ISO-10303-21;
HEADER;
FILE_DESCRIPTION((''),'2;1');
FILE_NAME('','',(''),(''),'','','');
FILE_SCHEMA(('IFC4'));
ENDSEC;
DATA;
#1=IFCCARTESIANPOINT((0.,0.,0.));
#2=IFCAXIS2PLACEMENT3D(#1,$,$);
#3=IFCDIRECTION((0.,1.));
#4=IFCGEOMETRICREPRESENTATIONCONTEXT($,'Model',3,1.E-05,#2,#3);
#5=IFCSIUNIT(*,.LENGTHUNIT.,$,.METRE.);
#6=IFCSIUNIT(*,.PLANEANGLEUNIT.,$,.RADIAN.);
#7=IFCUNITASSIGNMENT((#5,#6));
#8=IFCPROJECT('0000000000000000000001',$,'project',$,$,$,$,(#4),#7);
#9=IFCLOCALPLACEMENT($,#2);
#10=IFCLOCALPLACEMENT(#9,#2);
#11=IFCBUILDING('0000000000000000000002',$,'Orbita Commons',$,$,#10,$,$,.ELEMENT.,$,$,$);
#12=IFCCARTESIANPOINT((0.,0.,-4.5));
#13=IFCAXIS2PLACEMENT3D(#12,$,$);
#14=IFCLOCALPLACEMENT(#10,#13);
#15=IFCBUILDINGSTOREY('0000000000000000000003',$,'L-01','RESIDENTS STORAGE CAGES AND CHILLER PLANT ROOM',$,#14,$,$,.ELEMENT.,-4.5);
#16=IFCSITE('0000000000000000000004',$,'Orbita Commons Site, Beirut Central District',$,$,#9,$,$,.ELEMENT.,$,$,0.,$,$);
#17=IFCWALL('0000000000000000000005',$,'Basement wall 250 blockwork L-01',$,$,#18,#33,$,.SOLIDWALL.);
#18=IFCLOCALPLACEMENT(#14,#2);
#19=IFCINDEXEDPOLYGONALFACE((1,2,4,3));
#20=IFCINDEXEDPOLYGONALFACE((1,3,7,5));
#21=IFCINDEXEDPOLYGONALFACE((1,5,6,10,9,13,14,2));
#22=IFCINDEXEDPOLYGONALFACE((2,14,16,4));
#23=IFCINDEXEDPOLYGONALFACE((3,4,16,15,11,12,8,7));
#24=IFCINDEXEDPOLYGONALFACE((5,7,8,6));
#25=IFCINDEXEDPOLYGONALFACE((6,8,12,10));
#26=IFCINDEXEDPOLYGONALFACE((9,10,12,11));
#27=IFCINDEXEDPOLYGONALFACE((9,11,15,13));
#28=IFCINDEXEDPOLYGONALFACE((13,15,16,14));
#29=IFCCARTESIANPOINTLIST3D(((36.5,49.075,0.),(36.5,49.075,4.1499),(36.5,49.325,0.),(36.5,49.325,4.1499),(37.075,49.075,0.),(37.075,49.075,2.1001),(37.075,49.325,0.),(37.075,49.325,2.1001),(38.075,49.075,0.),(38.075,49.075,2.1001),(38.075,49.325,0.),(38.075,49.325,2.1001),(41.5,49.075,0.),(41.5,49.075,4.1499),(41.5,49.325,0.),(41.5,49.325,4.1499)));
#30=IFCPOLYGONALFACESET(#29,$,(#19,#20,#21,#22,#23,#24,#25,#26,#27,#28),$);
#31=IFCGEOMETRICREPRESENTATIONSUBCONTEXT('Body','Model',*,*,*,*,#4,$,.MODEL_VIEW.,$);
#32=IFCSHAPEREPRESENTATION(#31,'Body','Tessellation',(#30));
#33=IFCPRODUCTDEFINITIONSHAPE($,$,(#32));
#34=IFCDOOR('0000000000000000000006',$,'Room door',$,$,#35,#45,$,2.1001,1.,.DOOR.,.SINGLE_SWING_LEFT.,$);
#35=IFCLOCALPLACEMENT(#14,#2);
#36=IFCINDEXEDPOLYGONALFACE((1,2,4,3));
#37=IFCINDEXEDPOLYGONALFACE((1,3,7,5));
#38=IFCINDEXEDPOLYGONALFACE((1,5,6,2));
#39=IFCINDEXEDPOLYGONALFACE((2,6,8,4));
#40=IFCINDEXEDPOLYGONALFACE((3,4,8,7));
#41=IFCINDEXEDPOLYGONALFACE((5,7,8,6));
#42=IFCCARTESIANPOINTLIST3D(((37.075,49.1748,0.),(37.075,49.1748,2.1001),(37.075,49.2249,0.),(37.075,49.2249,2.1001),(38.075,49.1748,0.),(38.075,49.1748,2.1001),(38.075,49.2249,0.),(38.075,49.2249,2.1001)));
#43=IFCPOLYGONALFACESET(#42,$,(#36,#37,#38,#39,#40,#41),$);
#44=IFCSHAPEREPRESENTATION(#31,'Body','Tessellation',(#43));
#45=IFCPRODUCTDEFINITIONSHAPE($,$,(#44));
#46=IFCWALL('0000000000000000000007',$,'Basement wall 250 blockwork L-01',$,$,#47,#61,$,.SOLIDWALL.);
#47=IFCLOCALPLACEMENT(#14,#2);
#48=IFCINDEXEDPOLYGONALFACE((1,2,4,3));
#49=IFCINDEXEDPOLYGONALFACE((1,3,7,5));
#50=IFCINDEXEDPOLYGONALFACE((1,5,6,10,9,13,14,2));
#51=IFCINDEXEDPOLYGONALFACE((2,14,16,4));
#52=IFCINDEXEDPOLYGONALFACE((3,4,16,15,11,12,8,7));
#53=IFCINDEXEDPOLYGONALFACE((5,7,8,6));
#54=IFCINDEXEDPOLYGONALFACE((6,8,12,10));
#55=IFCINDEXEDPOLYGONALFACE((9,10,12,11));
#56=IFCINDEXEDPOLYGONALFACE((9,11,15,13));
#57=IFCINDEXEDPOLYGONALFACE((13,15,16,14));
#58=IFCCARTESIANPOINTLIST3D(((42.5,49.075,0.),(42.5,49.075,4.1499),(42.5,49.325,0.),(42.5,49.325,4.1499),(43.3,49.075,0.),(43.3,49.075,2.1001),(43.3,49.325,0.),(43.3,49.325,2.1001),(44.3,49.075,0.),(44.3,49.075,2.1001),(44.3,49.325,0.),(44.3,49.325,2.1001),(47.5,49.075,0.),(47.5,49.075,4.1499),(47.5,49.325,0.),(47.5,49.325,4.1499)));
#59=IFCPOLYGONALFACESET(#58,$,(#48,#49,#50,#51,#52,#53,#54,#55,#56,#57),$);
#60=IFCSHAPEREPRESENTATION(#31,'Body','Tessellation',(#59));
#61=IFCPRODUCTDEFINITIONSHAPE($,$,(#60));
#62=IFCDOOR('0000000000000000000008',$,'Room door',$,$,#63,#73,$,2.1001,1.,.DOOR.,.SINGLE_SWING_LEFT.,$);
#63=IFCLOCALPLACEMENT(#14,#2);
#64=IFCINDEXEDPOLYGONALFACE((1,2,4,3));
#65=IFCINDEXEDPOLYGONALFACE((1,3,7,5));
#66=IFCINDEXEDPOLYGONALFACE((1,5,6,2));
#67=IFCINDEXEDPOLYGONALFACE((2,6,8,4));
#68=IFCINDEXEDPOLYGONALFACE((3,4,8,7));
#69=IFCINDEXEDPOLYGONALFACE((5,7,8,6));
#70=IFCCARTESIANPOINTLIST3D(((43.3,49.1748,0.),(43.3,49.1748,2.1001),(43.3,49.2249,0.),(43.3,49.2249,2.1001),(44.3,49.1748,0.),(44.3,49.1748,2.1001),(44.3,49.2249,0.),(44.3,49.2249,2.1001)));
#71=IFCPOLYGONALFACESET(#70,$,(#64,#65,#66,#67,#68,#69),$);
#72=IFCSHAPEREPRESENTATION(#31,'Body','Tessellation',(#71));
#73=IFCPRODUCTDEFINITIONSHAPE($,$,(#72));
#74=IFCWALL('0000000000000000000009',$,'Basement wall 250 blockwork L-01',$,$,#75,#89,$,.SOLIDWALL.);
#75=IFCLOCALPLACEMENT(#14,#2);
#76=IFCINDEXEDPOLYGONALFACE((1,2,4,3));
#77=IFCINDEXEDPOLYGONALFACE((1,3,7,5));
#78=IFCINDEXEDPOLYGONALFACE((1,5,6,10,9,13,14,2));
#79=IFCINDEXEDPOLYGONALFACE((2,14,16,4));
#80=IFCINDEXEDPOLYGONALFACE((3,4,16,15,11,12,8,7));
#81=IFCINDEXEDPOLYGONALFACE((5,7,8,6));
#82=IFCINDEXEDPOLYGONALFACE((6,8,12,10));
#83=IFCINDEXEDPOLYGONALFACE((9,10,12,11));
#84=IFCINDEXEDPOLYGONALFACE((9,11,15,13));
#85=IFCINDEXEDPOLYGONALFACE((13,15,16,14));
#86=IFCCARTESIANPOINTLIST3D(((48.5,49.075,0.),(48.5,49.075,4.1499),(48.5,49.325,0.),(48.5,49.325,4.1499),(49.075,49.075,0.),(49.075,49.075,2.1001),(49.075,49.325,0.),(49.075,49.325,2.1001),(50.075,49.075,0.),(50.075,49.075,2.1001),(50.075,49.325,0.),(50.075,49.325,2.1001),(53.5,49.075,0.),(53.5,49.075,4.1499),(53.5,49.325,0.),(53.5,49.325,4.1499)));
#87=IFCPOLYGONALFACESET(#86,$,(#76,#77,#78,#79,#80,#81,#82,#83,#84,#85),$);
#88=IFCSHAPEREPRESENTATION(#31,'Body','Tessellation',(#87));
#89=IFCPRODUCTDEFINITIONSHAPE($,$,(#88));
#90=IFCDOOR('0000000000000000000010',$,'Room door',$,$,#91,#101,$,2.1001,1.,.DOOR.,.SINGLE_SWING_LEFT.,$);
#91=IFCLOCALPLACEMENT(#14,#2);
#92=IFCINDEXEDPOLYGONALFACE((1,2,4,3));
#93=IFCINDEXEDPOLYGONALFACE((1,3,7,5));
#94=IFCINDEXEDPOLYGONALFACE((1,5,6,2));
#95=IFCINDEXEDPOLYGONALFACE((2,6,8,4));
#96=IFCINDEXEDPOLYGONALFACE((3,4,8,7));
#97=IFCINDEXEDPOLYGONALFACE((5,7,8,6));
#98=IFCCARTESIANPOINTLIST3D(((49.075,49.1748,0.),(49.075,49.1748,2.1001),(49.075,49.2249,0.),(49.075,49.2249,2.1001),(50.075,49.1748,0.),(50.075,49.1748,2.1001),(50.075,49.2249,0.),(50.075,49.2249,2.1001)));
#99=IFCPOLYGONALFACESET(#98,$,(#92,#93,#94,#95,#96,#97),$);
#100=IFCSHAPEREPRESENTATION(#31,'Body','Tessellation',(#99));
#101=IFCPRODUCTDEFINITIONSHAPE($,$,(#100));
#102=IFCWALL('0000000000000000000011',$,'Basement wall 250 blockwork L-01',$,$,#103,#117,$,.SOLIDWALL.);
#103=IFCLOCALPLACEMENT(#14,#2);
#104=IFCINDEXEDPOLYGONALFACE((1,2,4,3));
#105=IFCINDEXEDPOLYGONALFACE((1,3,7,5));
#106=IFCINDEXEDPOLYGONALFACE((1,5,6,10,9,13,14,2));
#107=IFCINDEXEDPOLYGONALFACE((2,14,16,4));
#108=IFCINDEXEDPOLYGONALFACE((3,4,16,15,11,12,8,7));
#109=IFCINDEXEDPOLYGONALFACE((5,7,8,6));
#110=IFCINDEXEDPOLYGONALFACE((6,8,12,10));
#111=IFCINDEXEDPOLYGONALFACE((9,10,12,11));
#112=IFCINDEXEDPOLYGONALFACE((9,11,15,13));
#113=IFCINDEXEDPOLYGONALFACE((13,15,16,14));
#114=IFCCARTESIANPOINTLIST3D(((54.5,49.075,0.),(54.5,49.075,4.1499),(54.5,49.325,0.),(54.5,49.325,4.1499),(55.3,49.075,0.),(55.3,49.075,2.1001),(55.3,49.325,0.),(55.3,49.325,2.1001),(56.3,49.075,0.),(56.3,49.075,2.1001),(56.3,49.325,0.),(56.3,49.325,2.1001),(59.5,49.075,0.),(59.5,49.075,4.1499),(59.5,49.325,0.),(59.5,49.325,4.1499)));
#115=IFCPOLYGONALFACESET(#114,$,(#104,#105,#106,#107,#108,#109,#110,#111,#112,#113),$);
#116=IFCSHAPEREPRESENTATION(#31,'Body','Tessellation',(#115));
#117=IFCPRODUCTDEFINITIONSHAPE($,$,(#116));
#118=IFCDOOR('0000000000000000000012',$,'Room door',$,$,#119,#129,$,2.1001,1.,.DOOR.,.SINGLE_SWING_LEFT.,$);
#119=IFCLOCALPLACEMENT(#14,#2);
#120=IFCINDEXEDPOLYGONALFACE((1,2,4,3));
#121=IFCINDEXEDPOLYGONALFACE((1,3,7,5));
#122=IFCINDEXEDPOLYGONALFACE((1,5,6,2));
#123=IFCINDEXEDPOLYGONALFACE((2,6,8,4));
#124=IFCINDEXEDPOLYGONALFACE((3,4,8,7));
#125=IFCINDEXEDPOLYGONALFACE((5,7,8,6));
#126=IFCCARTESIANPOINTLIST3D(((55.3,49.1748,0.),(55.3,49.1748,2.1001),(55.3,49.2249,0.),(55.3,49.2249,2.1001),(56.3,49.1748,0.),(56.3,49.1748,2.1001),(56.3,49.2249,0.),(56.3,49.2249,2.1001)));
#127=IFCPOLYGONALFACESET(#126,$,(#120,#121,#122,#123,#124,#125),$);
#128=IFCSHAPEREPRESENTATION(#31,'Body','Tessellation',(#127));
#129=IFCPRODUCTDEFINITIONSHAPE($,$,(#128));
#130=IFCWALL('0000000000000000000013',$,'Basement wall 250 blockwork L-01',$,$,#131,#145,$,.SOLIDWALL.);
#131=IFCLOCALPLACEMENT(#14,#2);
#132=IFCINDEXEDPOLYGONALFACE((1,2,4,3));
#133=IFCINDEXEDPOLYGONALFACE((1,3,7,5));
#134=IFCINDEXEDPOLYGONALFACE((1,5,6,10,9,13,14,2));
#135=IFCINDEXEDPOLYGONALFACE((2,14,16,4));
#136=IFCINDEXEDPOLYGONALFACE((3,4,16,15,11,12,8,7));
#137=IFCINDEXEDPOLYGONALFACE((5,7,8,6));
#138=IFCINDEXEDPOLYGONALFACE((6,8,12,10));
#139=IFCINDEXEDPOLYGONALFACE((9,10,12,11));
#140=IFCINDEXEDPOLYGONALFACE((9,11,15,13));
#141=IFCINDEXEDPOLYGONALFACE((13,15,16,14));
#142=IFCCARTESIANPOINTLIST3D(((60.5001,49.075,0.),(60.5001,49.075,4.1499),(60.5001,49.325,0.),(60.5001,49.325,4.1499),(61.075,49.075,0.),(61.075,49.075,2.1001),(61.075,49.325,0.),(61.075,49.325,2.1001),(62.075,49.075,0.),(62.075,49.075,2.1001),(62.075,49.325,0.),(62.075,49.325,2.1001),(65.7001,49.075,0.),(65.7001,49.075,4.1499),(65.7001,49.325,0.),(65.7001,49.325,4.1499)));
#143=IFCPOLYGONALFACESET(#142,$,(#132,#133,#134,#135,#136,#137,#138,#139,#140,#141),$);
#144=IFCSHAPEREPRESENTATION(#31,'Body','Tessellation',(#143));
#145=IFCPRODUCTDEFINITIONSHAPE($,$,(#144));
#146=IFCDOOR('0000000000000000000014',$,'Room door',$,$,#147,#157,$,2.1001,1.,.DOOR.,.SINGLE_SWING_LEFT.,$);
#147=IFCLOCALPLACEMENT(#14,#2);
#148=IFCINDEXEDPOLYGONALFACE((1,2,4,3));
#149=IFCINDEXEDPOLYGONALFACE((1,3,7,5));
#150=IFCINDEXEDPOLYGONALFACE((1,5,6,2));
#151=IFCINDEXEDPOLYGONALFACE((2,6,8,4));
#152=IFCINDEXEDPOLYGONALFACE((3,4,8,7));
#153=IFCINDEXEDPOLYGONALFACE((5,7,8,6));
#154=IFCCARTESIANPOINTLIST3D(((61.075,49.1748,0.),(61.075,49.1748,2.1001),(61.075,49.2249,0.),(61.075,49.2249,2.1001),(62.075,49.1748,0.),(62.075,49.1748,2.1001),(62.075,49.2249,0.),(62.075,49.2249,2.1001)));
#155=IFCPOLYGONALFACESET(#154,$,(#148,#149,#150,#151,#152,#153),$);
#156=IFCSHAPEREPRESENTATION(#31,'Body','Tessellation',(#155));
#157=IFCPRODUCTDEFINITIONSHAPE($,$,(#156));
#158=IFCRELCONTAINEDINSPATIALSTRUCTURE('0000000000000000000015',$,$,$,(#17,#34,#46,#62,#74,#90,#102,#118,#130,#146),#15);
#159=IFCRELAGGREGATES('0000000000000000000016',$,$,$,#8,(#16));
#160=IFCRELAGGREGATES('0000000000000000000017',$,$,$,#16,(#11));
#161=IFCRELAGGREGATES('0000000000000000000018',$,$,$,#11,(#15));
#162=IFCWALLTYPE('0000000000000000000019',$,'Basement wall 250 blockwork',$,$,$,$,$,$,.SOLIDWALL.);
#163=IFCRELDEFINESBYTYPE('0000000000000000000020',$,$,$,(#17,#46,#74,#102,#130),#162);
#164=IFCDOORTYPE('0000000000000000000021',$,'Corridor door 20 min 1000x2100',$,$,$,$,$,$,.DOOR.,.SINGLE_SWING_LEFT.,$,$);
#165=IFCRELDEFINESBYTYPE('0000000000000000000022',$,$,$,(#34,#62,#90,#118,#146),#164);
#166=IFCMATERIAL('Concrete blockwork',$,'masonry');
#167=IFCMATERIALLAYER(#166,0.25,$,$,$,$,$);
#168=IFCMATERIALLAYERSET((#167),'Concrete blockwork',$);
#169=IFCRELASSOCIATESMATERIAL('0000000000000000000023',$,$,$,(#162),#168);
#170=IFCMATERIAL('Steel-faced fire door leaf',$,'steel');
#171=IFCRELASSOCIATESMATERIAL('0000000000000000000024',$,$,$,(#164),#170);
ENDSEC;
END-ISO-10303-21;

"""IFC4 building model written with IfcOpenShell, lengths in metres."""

from ifc_helpers import new_model, si_unit, direction, frame, frame_2d, origin, place, context, subcontext, project, spatial, rectangle, extrude, material, layer, layer_set, type_object, element, fill, save


model = new_model("IFC4")

# Units and contexts
model_context = context("Model", 3, precision=1e-05, world=origin(), true_north=direction((0.0, 1.0)))
body_context = subcontext(model_context, "Body", "Model", "MODEL_VIEW")
ifc_project = project(units=[si_unit("LENGTHUNIT", "METRE"), si_unit("PLANEANGLEUNIT", "RADIAN")], contexts=[model_context])

# Site, building, storey
site_placement = place(None, origin())
site = spatial("IfcSite", under=ifc_project, at=site_placement, Name="Orbita Commons Site, Beirut Central District", CompositionType="ELEMENT", RefElevation=0.0)
building_placement = place(site_placement, origin())
building = spatial("IfcBuilding", under=site, at=building_placement, Name="Orbita Commons", CompositionType="ELEMENT")
storey_placement = place(building_placement, frame((0.0, 0.0, -4.5)))
storey = spatial("IfcBuildingStorey", under=building, at=storey_placement, Name="L-01", Description="RESIDENTS STORAGE CAGES AND CHILLER PLANT ROOM", CompositionType="ELEMENT", Elevation=-4.5)

# Walls, openings, doors
ifc_material_1 = material(Name="Concrete blockwork", Category="masonry")
ifc_layer_1 = layer(ifc_material_1, 0.25)
ifc_layer_set_1 = layer_set([ifc_layer_1], Name="Concrete blockwork")
wall_type_1 = type_object("IfcWallType", Name="Basement wall 250 blockwork", PredefinedType="SOLIDWALL", material=ifc_layer_set_1)
wall_1_placement = place(storey_placement, frame((36.5, 49.2, 0.0), z_axis=(0.0, 0.0, 1.0), x_axis=(1.0, 0.0, 0.0)))
wall_1 = element("IfcWall", 1, at=wall_1_placement, inside=storey, type_object=wall_type_1, Name="Basement wall 250 blockwork L-01", PredefinedType="SOLIDWALL", context=body_context, shape_type="SweptSolid", body=[
    extrude(rectangle(XDim=5.0, YDim=0.25, at=frame_2d((2.5, 0.0))), origin(), (0.0, 0.0, 1.0), 4.1499),
])
opening_1_placement = place(wall_1_placement, frame((0.575, 0.0, 0.0)))
opening_1 = element("IfcOpeningElement", 2, at=opening_1_placement, cuts=wall_1, PredefinedType="OPENING", context=body_context, shape_type="SweptSolid", body=[
    extrude(rectangle(XDim=1.0, YDim=2.1001, at=frame_2d((0.5, 1.05))), frame((0.0, 0.135, 0.0), z_axis=(0.0, -1.0, 0.0), x_axis=(1.0, 0.0, 0.0)), (0.0, 0.0, 1.0), 0.27),
])
ifc_material_2 = material(Name="Steel-faced fire door leaf", Category="steel")
door_type_1 = type_object("IfcDoorType", Name="Corridor door 20 min 1000x2100", OperationType="SINGLE_SWING_LEFT", PredefinedType="DOOR", material=ifc_material_2)
door_1_placement = place(opening_1_placement, origin())
door_1 = element("IfcDoor", 3, at=door_1_placement, inside=storey, type_object=door_type_1, Name="Room door", OperationType="SINGLE_SWING_LEFT", OverallHeight=2.1001, OverallWidth=1.0, PredefinedType="DOOR", context=body_context, shape_type="SweptSolid", body=[
    extrude(rectangle(XDim=1.0, YDim=2.1001, at=frame_2d((0.5, 1.05))), frame((0.0, 0.0249, 0.0), z_axis=(0.0, -1.0, 0.0), x_axis=(1.0, 0.0, 0.0)), (0.0, 0.0, 1.0), 0.05),
])
fill(opening_1, door_1)
wall_2_placement = place(storey_placement, frame((42.5, 49.2, 0.0), z_axis=(0.0, 0.0, 1.0), x_axis=(1.0, 0.0, 0.0)))
wall_2 = element("IfcWall", 4, at=wall_2_placement, inside=storey, type_object=wall_type_1, Name="Basement wall 250 blockwork L-01", PredefinedType="SOLIDWALL", context=body_context, shape_type="SweptSolid", body=[
    extrude(rectangle(XDim=5.0, YDim=0.25, at=frame_2d((2.5, 0.0))), origin(), (0.0, 0.0, 1.0), 4.1499),
])
opening_2_placement = place(wall_2_placement, frame((0.8, 0.0, 0.0)))
opening_2 = element("IfcOpeningElement", 5, at=opening_2_placement, cuts=wall_2, PredefinedType="OPENING", context=body_context, shape_type="SweptSolid", body=[
    extrude(rectangle(XDim=1.0, YDim=2.1001, at=frame_2d((0.5, 1.05))), frame((0.0, 0.135, 0.0), z_axis=(0.0, -1.0, 0.0), x_axis=(1.0, 0.0, 0.0)), (0.0, 0.0, 1.0), 0.27),
])
door_2_placement = place(opening_2_placement, origin())
door_2 = element("IfcDoor", 6, at=door_2_placement, inside=storey, type_object=door_type_1, Name="Room door", OperationType="SINGLE_SWING_LEFT", OverallHeight=2.1001, OverallWidth=1.0, PredefinedType="DOOR", context=body_context, shape_type="SweptSolid", body=[
    extrude(rectangle(XDim=1.0, YDim=2.1001, at=frame_2d((0.5, 1.05))), frame((0.0, 0.0249, 0.0), z_axis=(0.0, -1.0, 0.0), x_axis=(1.0, 0.0, 0.0)), (0.0, 0.0, 1.0), 0.05),
])
fill(opening_2, door_2)
wall_3_placement = place(storey_placement, frame((48.5, 49.2, 0.0), z_axis=(0.0, 0.0, 1.0), x_axis=(1.0, 0.0, 0.0)))
wall_3 = element("IfcWall", 7, at=wall_3_placement, inside=storey, type_object=wall_type_1, Name="Basement wall 250 blockwork L-01", PredefinedType="SOLIDWALL", context=body_context, shape_type="SweptSolid", body=[
    extrude(rectangle(XDim=5.0, YDim=0.25, at=frame_2d((2.5, 0.0))), origin(), (0.0, 0.0, 1.0), 4.1499),
])
opening_3_placement = place(wall_3_placement, frame((0.575, 0.0, 0.0)))
opening_3 = element("IfcOpeningElement", 8, at=opening_3_placement, cuts=wall_3, PredefinedType="OPENING", context=body_context, shape_type="SweptSolid", body=[
    extrude(rectangle(XDim=1.0, YDim=2.1001, at=frame_2d((0.5, 1.05))), frame((0.0, 0.135, 0.0), z_axis=(0.0, -1.0, 0.0), x_axis=(1.0, 0.0, 0.0)), (0.0, 0.0, 1.0), 0.27),
])
door_3_placement = place(opening_3_placement, origin())
door_3 = element("IfcDoor", 9, at=door_3_placement, inside=storey, type_object=door_type_1, Name="Room door", OperationType="SINGLE_SWING_LEFT", OverallHeight=2.1001, OverallWidth=1.0, PredefinedType="DOOR", context=body_context, shape_type="SweptSolid", body=[
    extrude(rectangle(XDim=1.0, YDim=2.1001, at=frame_2d((0.5, 1.05))), frame((0.0, 0.0249, 0.0), z_axis=(0.0, -1.0, 0.0), x_axis=(1.0, 0.0, 0.0)), (0.0, 0.0, 1.0), 0.05),
])
fill(opening_3, door_3)
wall_4_placement = place(storey_placement, frame((54.5, 49.2, 0.0), z_axis=(0.0, 0.0, 1.0), x_axis=(1.0, 0.0, 0.0)))
wall_4 = element("IfcWall", 10, at=wall_4_placement, inside=storey, type_object=wall_type_1, Name="Basement wall 250 blockwork L-01", PredefinedType="SOLIDWALL", context=body_context, shape_type="SweptSolid", body=[
    extrude(rectangle(XDim=5.0, YDim=0.25, at=frame_2d((2.5, 0.0))), origin(), (0.0, 0.0, 1.0), 4.1499),
])
opening_4_placement = place(wall_4_placement, frame((0.8, 0.0, 0.0)))
opening_4 = element("IfcOpeningElement", 11, at=opening_4_placement, cuts=wall_4, PredefinedType="OPENING", context=body_context, shape_type="SweptSolid", body=[
    extrude(rectangle(XDim=1.0, YDim=2.1001, at=frame_2d((0.5, 1.05))), frame((0.0, 0.135, 0.0), z_axis=(0.0, -1.0, 0.0), x_axis=(1.0, 0.0, 0.0)), (0.0, 0.0, 1.0), 0.27),
])
door_4_placement = place(opening_4_placement, origin())
door_4 = element("IfcDoor", 12, at=door_4_placement, inside=storey, type_object=door_type_1, Name="Room door", OperationType="SINGLE_SWING_LEFT", OverallHeight=2.1001, OverallWidth=1.0, PredefinedType="DOOR", context=body_context, shape_type="SweptSolid", body=[
    extrude(rectangle(XDim=1.0, YDim=2.1001, at=frame_2d((0.5, 1.05))), frame((0.0, 0.0249, 0.0), z_axis=(0.0, -1.0, 0.0), x_axis=(1.0, 0.0, 0.0)), (0.0, 0.0, 1.0), 0.05),
])
fill(opening_4, door_4)
wall_5_placement = place(storey_placement, frame((60.5, 49.2, 0.0), z_axis=(0.0, 0.0, 1.0), x_axis=(1.0, 0.0, 0.0)))
wall_5 = element("IfcWall", 13, at=wall_5_placement, inside=storey, type_object=wall_type_1, Name="Basement wall 250 blockwork L-01", PredefinedType="SOLIDWALL", context=body_context, shape_type="SweptSolid", body=[
    extrude(rectangle(XDim=5.2, YDim=0.25, at=frame_2d((2.6001, 0.0))), origin(), (0.0, 0.0, 1.0), 4.1499),
])
opening_5_placement = place(wall_5_placement, frame((0.575, 0.0, 0.0)))
opening_5 = element("IfcOpeningElement", 14, at=opening_5_placement, cuts=wall_5, PredefinedType="OPENING", context=body_context, shape_type="SweptSolid", body=[
    extrude(rectangle(XDim=1.0, YDim=2.1001, at=frame_2d((0.5, 1.05))), frame((0.0, 0.135, 0.0), z_axis=(0.0, -1.0, 0.0), x_axis=(1.0, 0.0, 0.0)), (0.0, 0.0, 1.0), 0.27),
])
door_5_placement = place(opening_5_placement, origin())
door_5 = element("IfcDoor", 15, at=door_5_placement, inside=storey, type_object=door_type_1, Name="Room door", OperationType="SINGLE_SWING_LEFT", OverallHeight=2.1001, OverallWidth=1.0, PredefinedType="DOOR", context=body_context, shape_type="SweptSolid", body=[
    extrude(rectangle(XDim=1.0, YDim=2.1001, at=frame_2d((0.5, 1.05))), frame((0.0, 0.0249, 0.0), z_axis=(0.0, -1.0, 0.0), x_axis=(1.0, 0.0, 0.0)), (0.0, 0.0, 1.0), 0.05),
])
fill(opening_5, door_5)

save(model, "model.ifc")
